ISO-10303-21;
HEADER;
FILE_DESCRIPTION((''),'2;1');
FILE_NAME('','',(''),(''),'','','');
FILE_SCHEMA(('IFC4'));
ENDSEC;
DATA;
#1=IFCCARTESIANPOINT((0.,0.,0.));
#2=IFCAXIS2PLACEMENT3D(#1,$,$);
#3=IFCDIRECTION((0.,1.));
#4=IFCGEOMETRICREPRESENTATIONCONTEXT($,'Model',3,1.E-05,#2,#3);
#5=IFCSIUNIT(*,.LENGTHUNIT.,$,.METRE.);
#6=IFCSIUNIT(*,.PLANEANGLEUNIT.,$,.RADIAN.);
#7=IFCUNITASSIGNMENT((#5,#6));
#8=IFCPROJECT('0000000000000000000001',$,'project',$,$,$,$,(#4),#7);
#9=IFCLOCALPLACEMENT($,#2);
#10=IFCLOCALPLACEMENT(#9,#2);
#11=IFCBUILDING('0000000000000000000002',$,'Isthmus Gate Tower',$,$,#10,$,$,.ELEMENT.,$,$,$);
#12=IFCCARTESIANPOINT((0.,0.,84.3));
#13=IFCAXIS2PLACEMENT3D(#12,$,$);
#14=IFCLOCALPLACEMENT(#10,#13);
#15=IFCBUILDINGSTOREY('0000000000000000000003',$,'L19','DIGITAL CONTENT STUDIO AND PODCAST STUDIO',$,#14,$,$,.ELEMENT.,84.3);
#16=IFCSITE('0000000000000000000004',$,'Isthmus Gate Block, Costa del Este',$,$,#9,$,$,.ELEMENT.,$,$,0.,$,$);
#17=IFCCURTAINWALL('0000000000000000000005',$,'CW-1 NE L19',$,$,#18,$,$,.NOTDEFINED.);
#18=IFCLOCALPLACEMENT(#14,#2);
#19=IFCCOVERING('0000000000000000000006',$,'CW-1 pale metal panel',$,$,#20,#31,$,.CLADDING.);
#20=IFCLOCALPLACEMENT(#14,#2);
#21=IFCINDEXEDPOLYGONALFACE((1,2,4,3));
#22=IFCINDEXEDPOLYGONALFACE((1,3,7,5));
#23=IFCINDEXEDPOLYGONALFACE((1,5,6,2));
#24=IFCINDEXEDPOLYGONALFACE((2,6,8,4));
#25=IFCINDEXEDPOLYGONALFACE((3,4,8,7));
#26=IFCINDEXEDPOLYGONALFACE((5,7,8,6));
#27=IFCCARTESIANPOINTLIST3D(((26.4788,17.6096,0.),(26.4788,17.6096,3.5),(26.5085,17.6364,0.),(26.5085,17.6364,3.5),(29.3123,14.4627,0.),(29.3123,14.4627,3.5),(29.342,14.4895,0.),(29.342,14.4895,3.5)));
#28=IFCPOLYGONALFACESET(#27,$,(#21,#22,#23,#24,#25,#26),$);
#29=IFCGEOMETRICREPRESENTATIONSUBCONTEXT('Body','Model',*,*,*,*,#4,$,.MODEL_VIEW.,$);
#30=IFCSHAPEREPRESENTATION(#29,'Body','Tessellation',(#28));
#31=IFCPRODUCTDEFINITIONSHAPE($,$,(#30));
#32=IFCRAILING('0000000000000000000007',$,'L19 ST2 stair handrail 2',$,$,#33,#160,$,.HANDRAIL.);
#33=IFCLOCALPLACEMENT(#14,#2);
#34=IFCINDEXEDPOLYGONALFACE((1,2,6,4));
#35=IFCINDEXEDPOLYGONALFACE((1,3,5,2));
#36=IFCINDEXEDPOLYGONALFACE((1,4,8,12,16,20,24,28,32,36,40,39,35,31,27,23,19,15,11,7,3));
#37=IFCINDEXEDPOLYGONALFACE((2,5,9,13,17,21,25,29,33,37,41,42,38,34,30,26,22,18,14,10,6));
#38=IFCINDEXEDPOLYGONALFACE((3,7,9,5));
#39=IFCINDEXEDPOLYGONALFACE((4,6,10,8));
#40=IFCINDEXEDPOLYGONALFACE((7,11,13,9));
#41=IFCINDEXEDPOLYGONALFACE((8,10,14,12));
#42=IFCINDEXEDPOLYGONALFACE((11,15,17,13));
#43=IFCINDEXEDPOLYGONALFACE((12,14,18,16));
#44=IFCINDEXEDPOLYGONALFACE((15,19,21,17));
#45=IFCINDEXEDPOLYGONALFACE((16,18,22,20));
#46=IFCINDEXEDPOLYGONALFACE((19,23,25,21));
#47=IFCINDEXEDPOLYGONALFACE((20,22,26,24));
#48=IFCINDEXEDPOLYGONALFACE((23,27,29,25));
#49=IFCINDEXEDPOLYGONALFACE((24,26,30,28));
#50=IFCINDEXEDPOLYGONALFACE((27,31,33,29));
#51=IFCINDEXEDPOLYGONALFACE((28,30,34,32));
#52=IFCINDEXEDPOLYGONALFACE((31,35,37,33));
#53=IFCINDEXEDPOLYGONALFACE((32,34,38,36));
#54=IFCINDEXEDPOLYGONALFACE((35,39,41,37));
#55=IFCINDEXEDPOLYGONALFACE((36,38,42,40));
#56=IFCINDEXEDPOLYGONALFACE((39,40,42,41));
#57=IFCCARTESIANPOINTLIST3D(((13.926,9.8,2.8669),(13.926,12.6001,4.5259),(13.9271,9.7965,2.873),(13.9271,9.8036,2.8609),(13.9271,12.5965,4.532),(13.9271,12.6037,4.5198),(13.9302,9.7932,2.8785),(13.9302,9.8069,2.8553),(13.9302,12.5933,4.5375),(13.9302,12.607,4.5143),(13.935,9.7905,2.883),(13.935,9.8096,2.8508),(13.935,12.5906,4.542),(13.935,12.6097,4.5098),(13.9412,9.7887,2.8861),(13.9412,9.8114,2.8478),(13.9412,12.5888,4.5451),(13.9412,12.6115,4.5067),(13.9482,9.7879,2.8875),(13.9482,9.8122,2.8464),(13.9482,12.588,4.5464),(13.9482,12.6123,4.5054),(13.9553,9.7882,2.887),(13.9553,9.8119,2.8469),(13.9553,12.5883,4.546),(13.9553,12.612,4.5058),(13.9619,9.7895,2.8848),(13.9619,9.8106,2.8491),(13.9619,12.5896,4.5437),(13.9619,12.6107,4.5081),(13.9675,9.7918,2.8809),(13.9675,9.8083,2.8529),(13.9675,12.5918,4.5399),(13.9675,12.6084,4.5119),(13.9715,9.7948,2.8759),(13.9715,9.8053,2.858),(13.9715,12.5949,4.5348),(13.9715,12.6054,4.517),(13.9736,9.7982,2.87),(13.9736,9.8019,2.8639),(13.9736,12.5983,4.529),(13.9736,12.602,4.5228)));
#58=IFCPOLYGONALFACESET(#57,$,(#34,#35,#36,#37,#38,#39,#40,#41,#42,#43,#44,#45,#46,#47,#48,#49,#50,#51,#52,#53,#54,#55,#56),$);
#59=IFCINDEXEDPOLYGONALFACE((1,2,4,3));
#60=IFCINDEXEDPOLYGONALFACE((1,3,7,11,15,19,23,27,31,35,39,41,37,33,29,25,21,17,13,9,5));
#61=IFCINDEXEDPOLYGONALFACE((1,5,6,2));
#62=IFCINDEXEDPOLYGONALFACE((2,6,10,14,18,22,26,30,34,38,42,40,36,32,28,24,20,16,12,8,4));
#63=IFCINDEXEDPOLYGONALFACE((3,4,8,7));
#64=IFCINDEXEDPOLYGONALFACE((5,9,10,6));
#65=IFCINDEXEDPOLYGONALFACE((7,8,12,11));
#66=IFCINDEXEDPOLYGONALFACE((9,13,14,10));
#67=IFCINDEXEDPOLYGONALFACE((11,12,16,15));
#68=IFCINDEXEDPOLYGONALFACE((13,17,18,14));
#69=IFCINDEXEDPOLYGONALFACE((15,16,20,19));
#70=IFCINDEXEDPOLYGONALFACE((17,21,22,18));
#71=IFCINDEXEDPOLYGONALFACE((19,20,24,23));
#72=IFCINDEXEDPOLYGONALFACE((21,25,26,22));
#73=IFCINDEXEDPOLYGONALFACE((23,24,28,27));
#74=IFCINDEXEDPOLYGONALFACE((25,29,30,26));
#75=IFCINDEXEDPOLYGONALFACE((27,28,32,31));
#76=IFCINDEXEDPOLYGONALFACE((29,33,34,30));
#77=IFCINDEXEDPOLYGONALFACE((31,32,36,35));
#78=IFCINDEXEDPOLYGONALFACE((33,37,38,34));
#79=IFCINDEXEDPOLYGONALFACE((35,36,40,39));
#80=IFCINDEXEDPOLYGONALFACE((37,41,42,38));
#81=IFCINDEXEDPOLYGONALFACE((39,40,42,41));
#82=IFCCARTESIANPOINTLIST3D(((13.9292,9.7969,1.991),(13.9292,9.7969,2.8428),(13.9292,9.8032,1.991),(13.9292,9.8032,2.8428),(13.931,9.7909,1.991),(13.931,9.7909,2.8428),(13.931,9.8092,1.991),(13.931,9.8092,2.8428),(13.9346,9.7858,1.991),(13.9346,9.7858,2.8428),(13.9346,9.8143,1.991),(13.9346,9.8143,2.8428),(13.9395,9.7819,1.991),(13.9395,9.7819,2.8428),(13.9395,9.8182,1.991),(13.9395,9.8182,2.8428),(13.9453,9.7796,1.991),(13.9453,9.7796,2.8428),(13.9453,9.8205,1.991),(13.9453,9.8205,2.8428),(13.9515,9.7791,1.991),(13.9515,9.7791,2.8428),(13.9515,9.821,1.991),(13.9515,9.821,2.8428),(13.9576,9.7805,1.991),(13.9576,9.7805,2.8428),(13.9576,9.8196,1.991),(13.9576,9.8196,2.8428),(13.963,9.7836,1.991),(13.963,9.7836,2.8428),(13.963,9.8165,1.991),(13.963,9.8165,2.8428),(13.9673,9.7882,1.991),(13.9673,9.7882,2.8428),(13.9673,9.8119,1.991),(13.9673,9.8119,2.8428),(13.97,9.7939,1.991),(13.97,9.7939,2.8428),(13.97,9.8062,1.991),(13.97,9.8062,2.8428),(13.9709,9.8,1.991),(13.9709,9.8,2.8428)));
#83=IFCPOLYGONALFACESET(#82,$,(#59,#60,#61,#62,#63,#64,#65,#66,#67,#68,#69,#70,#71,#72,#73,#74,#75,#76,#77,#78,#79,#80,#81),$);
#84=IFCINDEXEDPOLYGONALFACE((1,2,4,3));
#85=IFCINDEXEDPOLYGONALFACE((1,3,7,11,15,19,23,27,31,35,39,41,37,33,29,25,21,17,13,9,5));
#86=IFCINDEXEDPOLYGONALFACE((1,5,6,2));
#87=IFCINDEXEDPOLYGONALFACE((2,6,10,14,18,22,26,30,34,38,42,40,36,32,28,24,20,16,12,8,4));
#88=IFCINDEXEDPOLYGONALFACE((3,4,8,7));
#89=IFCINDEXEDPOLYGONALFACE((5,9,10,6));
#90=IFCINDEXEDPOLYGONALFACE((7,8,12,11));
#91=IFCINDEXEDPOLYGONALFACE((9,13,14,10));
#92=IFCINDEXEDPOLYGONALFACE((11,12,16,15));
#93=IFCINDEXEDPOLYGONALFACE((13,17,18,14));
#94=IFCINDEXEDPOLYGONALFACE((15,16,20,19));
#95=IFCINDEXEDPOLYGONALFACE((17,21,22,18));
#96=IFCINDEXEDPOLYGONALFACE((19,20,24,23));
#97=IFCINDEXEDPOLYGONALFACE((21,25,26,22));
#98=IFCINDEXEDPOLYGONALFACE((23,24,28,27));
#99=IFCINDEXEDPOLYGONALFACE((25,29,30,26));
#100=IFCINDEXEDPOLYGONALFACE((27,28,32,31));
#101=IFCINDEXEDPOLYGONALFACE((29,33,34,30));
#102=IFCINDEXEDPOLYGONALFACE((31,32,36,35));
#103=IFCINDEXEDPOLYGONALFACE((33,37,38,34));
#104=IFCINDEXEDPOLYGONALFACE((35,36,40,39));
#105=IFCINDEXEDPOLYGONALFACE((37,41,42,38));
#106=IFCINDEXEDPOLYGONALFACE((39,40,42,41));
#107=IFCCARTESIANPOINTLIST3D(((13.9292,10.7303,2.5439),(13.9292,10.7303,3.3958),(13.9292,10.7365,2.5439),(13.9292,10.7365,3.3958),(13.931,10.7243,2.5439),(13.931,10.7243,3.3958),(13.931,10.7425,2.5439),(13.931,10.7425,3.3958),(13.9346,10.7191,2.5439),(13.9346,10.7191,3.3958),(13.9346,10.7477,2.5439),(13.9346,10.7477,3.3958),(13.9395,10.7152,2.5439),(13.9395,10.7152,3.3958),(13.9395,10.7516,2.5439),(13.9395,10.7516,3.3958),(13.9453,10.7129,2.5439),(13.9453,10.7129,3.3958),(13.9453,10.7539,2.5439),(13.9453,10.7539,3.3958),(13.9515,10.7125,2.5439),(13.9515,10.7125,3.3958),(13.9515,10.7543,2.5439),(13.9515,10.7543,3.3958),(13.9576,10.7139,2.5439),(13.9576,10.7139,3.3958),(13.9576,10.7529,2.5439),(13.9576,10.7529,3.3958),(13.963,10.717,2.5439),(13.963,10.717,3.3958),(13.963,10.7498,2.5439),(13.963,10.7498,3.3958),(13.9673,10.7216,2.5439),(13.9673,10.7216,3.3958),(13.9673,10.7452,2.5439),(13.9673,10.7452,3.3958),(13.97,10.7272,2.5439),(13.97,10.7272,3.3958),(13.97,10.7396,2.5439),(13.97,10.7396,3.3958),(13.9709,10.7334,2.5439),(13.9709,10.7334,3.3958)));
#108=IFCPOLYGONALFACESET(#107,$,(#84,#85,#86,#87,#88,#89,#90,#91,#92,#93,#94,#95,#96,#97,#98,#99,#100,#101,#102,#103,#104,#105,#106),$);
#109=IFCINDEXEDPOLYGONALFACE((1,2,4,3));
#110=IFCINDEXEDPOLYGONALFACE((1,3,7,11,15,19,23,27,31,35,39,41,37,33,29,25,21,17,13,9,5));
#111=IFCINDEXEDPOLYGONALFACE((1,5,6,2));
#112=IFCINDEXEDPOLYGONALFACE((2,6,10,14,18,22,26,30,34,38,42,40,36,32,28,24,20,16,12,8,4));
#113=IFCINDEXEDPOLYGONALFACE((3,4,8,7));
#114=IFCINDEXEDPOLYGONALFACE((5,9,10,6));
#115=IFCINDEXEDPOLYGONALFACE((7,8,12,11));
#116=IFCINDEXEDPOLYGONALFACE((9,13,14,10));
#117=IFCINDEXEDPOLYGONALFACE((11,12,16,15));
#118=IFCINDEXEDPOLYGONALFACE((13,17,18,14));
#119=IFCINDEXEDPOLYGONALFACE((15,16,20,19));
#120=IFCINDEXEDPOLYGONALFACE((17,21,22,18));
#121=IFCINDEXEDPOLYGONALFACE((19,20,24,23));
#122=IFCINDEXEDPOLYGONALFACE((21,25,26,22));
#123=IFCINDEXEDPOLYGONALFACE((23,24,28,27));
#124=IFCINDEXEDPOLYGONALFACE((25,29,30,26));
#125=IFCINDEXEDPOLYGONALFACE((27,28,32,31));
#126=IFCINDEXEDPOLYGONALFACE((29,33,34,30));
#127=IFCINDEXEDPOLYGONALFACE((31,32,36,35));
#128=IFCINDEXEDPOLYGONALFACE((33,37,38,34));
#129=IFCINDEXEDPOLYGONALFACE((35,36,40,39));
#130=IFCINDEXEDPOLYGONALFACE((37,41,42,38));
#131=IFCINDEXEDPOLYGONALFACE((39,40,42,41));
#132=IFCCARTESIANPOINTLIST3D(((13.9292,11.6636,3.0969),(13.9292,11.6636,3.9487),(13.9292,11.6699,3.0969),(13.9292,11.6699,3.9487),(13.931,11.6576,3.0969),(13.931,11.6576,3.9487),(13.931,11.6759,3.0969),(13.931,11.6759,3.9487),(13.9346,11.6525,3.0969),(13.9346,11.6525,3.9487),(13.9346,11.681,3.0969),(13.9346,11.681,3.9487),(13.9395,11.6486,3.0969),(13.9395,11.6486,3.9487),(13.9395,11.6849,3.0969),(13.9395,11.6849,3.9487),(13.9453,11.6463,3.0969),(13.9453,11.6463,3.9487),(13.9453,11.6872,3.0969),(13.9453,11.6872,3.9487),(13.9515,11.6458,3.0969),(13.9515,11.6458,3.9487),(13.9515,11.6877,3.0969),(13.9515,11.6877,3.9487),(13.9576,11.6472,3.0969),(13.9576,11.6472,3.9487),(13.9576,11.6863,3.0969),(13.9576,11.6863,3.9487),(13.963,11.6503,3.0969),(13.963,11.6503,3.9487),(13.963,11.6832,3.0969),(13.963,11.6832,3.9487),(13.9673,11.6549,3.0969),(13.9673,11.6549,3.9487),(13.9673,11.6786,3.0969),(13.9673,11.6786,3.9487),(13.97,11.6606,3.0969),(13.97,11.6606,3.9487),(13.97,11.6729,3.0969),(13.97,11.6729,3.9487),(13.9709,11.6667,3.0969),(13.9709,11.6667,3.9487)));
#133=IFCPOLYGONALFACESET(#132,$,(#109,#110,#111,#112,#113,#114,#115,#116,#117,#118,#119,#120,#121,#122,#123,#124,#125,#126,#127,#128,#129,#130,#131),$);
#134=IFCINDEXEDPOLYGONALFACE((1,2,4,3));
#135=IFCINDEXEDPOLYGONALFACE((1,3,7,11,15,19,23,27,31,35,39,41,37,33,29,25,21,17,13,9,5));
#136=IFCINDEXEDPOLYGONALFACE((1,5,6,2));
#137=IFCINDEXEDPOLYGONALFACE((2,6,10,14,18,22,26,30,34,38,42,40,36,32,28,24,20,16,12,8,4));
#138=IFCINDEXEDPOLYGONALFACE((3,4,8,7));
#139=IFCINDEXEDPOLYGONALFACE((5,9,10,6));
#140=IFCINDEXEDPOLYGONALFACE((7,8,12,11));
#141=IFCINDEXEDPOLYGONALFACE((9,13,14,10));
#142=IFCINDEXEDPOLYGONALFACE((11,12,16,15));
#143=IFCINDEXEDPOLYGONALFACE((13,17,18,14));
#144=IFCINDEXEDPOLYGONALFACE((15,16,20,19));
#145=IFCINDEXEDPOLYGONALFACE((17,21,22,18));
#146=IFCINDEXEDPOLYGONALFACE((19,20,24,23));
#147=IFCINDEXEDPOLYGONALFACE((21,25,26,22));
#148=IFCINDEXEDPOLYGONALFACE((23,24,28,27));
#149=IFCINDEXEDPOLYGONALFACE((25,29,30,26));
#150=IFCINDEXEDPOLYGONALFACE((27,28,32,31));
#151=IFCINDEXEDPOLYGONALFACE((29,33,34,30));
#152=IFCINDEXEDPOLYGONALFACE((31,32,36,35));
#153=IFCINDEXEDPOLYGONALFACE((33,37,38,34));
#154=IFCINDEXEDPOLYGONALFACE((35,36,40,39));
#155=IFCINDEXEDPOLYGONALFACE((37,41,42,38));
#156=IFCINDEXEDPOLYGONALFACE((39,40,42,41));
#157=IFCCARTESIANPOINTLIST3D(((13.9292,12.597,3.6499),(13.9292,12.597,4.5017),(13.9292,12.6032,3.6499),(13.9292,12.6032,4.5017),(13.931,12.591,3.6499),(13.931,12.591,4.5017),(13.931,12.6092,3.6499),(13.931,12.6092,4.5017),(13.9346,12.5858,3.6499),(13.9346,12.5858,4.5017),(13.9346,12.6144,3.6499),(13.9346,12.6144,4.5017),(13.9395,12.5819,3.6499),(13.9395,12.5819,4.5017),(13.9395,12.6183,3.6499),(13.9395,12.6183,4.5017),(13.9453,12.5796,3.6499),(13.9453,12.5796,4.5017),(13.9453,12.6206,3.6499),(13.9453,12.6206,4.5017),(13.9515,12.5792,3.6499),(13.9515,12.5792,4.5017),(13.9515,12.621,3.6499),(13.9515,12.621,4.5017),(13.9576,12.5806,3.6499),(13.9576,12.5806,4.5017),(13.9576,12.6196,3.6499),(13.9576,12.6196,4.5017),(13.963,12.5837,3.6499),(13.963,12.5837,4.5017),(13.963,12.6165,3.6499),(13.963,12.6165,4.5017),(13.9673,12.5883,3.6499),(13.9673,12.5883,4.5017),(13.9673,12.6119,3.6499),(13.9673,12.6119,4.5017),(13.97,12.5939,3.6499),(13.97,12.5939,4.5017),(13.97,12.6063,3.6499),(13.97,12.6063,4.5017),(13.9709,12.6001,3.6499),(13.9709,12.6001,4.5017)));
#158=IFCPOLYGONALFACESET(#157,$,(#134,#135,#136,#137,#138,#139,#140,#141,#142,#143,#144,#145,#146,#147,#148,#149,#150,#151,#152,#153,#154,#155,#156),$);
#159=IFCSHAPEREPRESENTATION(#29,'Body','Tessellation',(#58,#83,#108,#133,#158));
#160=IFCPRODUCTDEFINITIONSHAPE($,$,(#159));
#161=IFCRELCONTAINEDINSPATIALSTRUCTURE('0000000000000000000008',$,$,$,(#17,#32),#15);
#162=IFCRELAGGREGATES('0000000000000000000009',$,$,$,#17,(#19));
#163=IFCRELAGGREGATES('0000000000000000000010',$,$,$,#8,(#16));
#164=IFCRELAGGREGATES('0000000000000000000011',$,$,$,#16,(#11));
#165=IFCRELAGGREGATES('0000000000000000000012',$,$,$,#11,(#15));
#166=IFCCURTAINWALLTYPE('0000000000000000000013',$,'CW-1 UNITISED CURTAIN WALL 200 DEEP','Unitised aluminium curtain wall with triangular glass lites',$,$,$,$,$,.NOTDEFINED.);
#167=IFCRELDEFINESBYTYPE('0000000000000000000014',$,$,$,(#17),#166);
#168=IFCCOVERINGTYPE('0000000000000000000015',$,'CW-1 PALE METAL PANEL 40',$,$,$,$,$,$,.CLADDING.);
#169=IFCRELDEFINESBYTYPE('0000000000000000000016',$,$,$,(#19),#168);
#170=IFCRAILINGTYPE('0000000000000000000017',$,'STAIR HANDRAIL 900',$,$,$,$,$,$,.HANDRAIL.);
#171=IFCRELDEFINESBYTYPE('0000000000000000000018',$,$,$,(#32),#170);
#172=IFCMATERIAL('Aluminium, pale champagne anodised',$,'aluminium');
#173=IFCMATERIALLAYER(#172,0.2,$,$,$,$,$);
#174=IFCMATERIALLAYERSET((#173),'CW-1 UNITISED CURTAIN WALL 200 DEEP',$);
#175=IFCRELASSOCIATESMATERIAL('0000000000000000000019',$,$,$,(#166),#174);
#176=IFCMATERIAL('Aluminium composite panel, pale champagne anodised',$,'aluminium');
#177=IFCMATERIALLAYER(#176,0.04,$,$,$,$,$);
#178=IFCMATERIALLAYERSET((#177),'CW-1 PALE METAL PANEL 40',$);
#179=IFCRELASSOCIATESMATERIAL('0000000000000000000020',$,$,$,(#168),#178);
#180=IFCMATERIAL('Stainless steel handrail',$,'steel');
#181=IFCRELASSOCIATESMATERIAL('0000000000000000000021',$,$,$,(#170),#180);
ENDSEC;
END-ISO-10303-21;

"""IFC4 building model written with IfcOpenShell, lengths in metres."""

from ifc_helpers import new_model, si_unit, direction, frame, origin, origin_2d, place, context, subcontext, project, spatial, rectangle, circle, extrude, material, layer, layer_set, type_object, element, aggregate, save


model = new_model("IFC4")

# Units and contexts
model_context = context("Model", 3, precision=1e-05, world=origin(), true_north=direction((0.0, 1.0)))
body_context = subcontext(model_context, "Body", "Model", "MODEL_VIEW")
ifc_project = project(units=[si_unit("LENGTHUNIT", "METRE"), si_unit("PLANEANGLEUNIT", "RADIAN")], contexts=[model_context])

# Site, building, storey
site_placement = place(None, origin())
site = spatial("IfcSite", under=ifc_project, at=site_placement, Name="Isthmus Gate Block, Costa del Este", CompositionType="ELEMENT", RefElevation=0.0)
building_placement = place(site_placement, origin())
building = spatial("IfcBuilding", under=site, at=building_placement, Name="Isthmus Gate Tower", CompositionType="ELEMENT")
storey_placement = place(building_placement, frame((0.0, 0.0, 84.3)))
storey = spatial("IfcBuildingStorey", under=building, at=storey_placement, Name="L19", Description="DIGITAL CONTENT STUDIO AND PODCAST STUDIO", CompositionType="ELEMENT", Elevation=84.3)

# Curtain wall
ifc_material_1 = material(Name="Aluminium, pale champagne anodised", Category="aluminium")
ifc_layer_1 = layer(ifc_material_1, 0.2)
ifc_layer_set_1 = layer_set([ifc_layer_1], Name="CW-1 UNITISED CURTAIN WALL 200 DEEP")
curtain_wall_type_1 = type_object("IfcCurtainWallType", Name="CW-1 UNITISED CURTAIN WALL 200 DEEP", Description="Unitised aluminium curtain wall with triangular glass lites", PredefinedType="NOTDEFINED", material=ifc_layer_set_1)
curtain_wall_1_placement = place(storey_placement, origin())
curtain_wall_1 = element("IfcCurtainWall", 1, at=curtain_wall_1_placement, inside=storey, type_object=curtain_wall_type_1, Name="CW-1 NE L19", PredefinedType="NOTDEFINED")

# Covering
ifc_material_2 = material(Name="Aluminium composite panel, pale champagne anodised", Category="aluminium")
ifc_layer_2 = layer(ifc_material_2, 0.04)
ifc_layer_set_2 = layer_set([ifc_layer_2], Name="CW-1 PALE METAL PANEL 40")
covering_type = type_object("IfcCoveringType", Name="CW-1 PALE METAL PANEL 40", PredefinedType="CLADDING", material=ifc_layer_set_2)
covering_placement = place(storey_placement, frame((27.9104, 16.0496, 0.0), z_axis=(0.0, 0.0, 1.0), x_axis=(-0.669131, 0.743145, 0.0)))
covering = element("IfcCovering", 2, at=covering_placement, type_object=covering_type, Name="CW-1 pale metal panel", PredefinedType="CLADDING", context=body_context, shape_type="SweptSolid", body=[
    extrude(rectangle(XDim=4.2346, YDim=0.04, at=origin_2d()), origin(), (0.0, 0.0, 1.0), 3.5),
])
aggregate(curtain_wall_1, [covering])

# Railing
ifc_material_3 = material(Name="Stainless steel handrail", Category="steel")
railing_type = type_object("IfcRailingType", Name="STAIR HANDRAIL 900", PredefinedType="HANDRAIL", material=ifc_material_3)
railing_placement = place(storey_placement, frame((13.95, 9.8, 1.991)))
element("IfcRailing", 3, at=railing_placement, inside=storey, type_object=railing_type, Name="L19 ST2 stair handrail 2", PredefinedType="HANDRAIL", context=body_context, shape_type="SweptSolid", body=[
    extrude(circle(Radius=0.0239, at=origin_2d()), frame((0.0, 0.0, 0.876), z_axis=(0.0, 0.860339, 0.509722), x_axis=(-1.0, 0.0, 0.0)), (0.0, 0.0, 1.0), 3.2546),
    extrude(circle(Radius=0.021, at=origin_2d()), origin(), (0.0, 0.0, 1.0), 0.8518),
    extrude(circle(Radius=0.021, at=origin_2d()), frame((0.0, 0.9333, 0.553)), (0.0, 0.0, 1.0), 0.8518),
    extrude(circle(Radius=0.021, at=origin_2d()), frame((0.0, 1.8667, 1.106)), (0.0, 0.0, 1.0), 0.8518),
    extrude(circle(Radius=0.021, at=origin_2d()), frame((0.0, 2.8, 1.6589)), (0.0, 0.0, 1.0), 0.8518),
])

save(model, "model.ifc")
